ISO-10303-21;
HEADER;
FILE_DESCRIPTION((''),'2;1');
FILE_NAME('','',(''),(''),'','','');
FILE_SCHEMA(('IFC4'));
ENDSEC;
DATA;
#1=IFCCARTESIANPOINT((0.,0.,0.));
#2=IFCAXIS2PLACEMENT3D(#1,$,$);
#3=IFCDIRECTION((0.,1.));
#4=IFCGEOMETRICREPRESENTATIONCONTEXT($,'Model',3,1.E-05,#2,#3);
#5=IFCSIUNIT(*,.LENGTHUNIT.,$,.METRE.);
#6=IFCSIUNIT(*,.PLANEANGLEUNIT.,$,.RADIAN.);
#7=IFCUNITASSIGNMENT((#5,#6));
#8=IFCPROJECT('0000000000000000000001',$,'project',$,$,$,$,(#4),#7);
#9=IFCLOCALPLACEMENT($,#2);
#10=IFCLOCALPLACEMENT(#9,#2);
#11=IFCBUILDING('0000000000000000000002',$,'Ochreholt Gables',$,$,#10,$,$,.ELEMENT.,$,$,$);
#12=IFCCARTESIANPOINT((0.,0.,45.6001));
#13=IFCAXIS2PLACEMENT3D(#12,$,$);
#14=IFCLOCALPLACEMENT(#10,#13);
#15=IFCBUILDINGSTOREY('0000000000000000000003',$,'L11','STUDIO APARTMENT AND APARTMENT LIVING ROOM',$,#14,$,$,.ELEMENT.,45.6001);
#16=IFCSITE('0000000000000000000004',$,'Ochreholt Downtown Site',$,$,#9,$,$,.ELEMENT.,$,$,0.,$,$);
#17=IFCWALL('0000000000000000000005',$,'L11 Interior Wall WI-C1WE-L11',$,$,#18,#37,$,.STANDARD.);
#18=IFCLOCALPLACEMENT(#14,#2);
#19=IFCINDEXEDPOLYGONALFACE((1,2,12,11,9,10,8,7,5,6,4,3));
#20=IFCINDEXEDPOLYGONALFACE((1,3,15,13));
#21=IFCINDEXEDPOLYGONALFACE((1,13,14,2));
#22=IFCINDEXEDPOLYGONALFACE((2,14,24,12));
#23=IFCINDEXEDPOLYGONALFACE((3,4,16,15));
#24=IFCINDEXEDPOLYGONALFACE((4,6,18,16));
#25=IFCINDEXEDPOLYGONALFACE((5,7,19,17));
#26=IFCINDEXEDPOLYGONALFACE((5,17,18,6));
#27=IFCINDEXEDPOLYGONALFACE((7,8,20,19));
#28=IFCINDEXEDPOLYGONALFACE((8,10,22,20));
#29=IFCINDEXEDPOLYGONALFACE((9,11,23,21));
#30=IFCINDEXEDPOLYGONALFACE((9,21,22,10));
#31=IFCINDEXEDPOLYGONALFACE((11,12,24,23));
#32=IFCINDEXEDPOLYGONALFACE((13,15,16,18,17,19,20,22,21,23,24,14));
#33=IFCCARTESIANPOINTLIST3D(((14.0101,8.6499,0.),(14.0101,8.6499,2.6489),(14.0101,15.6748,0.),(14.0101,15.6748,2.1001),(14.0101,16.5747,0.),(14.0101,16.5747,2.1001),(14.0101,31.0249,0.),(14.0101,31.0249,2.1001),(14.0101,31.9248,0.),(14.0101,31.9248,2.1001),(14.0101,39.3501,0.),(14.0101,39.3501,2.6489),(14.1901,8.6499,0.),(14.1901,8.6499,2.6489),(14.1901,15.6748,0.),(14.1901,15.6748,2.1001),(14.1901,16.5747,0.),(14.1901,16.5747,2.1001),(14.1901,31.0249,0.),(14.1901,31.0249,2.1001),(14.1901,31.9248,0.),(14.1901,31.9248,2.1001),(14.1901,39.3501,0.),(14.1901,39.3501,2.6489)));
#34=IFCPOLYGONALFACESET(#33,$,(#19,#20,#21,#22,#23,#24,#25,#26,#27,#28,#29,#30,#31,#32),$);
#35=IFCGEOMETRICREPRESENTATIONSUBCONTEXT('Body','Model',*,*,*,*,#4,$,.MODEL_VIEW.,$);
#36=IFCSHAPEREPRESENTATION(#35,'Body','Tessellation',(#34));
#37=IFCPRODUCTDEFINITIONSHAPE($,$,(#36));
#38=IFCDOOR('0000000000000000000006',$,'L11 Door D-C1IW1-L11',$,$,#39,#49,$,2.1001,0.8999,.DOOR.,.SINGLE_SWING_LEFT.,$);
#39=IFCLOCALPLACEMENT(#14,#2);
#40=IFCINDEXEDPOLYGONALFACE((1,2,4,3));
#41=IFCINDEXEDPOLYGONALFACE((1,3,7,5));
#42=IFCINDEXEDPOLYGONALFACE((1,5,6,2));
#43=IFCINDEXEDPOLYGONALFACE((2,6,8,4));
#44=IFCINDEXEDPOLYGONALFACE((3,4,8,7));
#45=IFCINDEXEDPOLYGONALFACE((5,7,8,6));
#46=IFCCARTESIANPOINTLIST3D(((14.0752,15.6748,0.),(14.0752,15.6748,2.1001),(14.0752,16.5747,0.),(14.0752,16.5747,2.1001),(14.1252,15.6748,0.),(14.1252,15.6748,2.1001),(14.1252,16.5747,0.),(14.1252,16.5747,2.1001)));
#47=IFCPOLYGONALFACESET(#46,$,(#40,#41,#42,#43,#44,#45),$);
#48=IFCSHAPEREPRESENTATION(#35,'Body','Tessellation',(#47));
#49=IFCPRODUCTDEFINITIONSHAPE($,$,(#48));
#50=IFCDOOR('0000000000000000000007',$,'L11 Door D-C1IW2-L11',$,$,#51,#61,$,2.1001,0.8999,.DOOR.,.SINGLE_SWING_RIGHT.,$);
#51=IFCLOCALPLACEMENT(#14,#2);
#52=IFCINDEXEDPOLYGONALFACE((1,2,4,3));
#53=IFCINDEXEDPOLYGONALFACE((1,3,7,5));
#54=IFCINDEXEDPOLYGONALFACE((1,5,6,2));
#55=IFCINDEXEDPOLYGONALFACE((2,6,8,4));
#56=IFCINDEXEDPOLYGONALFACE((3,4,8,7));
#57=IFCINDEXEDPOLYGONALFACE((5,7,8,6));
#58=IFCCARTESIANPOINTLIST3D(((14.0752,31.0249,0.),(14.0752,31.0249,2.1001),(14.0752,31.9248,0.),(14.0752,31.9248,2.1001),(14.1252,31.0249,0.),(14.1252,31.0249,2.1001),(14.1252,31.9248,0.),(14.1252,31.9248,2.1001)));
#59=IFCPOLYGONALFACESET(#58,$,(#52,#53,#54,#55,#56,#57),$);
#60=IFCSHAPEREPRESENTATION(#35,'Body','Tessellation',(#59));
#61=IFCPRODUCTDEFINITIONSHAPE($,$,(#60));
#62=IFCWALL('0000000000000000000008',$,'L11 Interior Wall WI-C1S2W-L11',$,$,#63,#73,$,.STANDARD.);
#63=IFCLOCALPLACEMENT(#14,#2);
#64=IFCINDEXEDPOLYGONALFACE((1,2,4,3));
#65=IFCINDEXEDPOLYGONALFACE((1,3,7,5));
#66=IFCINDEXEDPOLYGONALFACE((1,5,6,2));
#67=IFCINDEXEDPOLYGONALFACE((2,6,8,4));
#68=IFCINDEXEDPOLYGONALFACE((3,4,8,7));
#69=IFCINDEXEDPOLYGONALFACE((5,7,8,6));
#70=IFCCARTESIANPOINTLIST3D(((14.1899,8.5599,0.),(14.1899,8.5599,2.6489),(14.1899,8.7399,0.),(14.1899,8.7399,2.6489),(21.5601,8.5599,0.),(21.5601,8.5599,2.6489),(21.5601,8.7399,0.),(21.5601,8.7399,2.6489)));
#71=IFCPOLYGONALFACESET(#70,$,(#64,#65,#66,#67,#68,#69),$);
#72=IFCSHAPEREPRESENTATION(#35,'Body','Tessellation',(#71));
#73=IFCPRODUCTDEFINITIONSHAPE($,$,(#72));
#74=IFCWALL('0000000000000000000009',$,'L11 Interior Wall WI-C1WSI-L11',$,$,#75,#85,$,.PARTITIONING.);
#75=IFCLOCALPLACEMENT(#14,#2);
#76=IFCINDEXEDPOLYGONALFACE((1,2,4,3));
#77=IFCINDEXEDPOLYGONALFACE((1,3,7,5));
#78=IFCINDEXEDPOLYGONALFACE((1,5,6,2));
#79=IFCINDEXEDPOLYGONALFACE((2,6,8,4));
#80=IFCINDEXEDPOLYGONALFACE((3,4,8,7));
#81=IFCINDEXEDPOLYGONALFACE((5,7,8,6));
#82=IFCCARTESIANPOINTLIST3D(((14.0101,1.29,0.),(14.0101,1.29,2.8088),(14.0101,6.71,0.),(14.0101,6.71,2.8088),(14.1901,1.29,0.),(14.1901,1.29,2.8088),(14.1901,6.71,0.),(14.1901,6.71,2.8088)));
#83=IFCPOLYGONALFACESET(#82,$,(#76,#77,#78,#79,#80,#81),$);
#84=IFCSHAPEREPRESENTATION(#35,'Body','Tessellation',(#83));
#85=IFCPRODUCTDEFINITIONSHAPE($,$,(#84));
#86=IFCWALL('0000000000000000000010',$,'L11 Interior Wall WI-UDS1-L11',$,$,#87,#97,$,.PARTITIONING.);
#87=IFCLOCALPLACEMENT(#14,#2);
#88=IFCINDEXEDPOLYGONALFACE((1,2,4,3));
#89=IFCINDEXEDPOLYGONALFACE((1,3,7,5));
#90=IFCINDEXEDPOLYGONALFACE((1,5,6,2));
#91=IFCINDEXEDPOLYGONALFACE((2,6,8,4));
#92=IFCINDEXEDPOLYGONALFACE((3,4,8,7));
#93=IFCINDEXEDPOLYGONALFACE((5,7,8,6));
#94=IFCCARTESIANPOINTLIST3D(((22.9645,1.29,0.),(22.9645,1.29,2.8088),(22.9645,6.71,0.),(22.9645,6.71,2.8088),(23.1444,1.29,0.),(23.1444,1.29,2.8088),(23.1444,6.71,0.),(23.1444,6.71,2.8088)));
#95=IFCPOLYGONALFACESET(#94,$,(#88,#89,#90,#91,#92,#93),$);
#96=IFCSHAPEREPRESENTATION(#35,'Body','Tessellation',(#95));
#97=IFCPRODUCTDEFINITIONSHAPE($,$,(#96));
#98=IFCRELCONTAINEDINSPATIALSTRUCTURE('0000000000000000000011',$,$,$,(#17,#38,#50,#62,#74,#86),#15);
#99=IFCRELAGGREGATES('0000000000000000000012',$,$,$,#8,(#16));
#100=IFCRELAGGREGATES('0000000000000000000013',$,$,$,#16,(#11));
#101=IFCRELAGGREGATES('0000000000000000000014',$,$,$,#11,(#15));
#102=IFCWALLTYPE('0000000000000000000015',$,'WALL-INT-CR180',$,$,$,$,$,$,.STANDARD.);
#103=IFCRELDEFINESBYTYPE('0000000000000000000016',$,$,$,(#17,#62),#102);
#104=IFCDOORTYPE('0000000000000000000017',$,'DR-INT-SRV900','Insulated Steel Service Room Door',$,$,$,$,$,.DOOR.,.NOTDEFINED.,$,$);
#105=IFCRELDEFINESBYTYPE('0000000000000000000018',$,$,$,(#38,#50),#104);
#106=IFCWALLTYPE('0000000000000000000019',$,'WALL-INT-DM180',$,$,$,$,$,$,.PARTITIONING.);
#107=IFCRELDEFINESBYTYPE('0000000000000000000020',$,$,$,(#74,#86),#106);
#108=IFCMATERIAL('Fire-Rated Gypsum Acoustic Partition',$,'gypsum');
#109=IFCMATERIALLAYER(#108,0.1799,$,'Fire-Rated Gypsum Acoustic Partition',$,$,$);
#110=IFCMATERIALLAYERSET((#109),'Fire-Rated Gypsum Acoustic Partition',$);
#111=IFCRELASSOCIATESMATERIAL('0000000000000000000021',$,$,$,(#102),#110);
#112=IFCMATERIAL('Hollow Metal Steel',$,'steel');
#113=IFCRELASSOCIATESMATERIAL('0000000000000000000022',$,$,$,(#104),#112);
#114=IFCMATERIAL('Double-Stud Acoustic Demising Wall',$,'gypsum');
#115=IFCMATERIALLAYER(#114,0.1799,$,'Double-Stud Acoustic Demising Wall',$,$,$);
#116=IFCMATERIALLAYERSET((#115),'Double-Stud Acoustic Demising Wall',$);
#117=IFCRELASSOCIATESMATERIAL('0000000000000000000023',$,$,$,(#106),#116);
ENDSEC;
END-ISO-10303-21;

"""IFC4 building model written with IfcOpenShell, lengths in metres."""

from ifc_helpers import new_model, si_unit, direction, frame, frame_2d, origin, place, context, subcontext, project, spatial, rectangle, extrude, material, layer, layer_set, type_object, element, fill, save


model = new_model("IFC4")

# Units and contexts
model_context = context("Model", 3, precision=1e-05, world=origin(), true_north=direction((0.0, 1.0)))
body_context = subcontext(model_context, "Body", "Model", "MODEL_VIEW")
ifc_project = project(units=[si_unit("LENGTHUNIT", "METRE"), si_unit("PLANEANGLEUNIT", "RADIAN")], contexts=[model_context])

# Site, building, storey
site_placement = place(None, origin())
site = spatial("IfcSite", under=ifc_project, at=site_placement, Name="Ochreholt Downtown Site", CompositionType="ELEMENT", RefElevation=0.0)
building_placement = place(site_placement, origin())
building = spatial("IfcBuilding", under=site, at=building_placement, Name="Ochreholt Gables", CompositionType="ELEMENT")
storey_placement = place(building_placement, frame((0.0, 0.0, 45.6001)))
storey = spatial("IfcBuildingStorey", under=building, at=storey_placement, Name="L11", Description="STUDIO APARTMENT AND APARTMENT LIVING ROOM", CompositionType="ELEMENT", Elevation=45.6001)

# Shared definitions
ifc_material_1 = material(Name="Fire-Rated Gypsum Acoustic Partition", Category="gypsum")
ifc_layer_1 = layer(ifc_material_1, 0.1799, Name="Fire-Rated Gypsum Acoustic Partition")
ifc_layer_set_1 = layer_set([ifc_layer_1], Name="Fire-Rated Gypsum Acoustic Partition")
wall_type_1 = type_object("IfcWallType", Name="WALL-INT-CR180", PredefinedType="STANDARD", material=ifc_layer_set_1)

# Wall, openings, doors
wall_1_placement = place(storey_placement, frame((14.1001, 8.6499, 0.0), z_axis=(0.0, 0.0, 1.0), x_axis=(0.0, 1.0, 0.0)))
wall_1 = element("IfcWall", 1, at=wall_1_placement, inside=storey, type_object=wall_type_1, Name="L11 Interior Wall WI-C1WE-L11", PredefinedType="STANDARD", context=body_context, shape_type="SweptSolid", body=[
    extrude(rectangle(XDim=30.7002, YDim=0.1799, at=frame_2d((15.3501, 0.0))), origin(), (0.0, 0.0, 1.0), 2.6489),
])
opening_1_placement = place(wall_1_placement, frame((7.0249, 0.0, 0.0)))
opening_1 = element("IfcOpeningElement", 2, at=opening_1_placement, cuts=wall_1, PredefinedType="OPENING", context=body_context, shape_type="SweptSolid", body=[
    extrude(rectangle(XDim=0.8999, YDim=2.1001, at=frame_2d((0.45, 1.05))), frame((0.0, 0.0999, 0.0), z_axis=(0.0, -1.0, 0.0), x_axis=(1.0, 0.0, 0.0)), (0.0, 0.0, 1.0), 0.2),
])
opening_2_placement = place(wall_1_placement, frame((22.375, 0.0, 0.0)))
opening_2 = element("IfcOpeningElement", 3, at=opening_2_placement, cuts=wall_1, PredefinedType="OPENING", context=body_context, shape_type="SweptSolid", body=[
    extrude(rectangle(XDim=0.8999, YDim=2.1001, at=frame_2d((0.45, 1.05))), frame((0.0, 0.0999, 0.0), z_axis=(0.0, -1.0, 0.0), x_axis=(1.0, 0.0, 0.0)), (0.0, 0.0, 1.0), 0.2),
])
ifc_material_2 = material(Name="Hollow Metal Steel", Category="steel")
door_type_1 = type_object("IfcDoorType", Name="DR-INT-SRV900", Description="Insulated Steel Service Room Door", OperationType="NOTDEFINED", PredefinedType="DOOR", material=ifc_material_2)
door_1_placement = place(opening_1_placement, origin())
door_1 = element("IfcDoor", 4, at=door_1_placement, inside=storey, type_object=door_type_1, Name="L11 Door D-C1IW1-L11", OperationType="SINGLE_SWING_LEFT", OverallHeight=2.1001, OverallWidth=0.8999, PredefinedType="DOOR", context=body_context, shape_type="SweptSolid", body=[
    extrude(rectangle(XDim=0.8999, YDim=2.1001, at=frame_2d((0.45, 1.05))), frame((0.0, 0.0249, 0.0), z_axis=(0.0, -1.0, 0.0), x_axis=(1.0, 0.0, 0.0)), (0.0, 0.0, 1.0), 0.05),
])
fill(opening_1, door_1)
door_2_placement = place(opening_2_placement, origin())
door_2 = element("IfcDoor", 5, at=door_2_placement, inside=storey, type_object=door_type_1, Name="L11 Door D-C1IW2-L11", OperationType="SINGLE_SWING_RIGHT", OverallHeight=2.1001, OverallWidth=0.8999, PredefinedType="DOOR", context=body_context, shape_type="SweptSolid", body=[
    extrude(rectangle(XDim=0.8999, YDim=2.1001, at=frame_2d((0.45, 1.05))), frame((0.0, 0.0249, 0.0), z_axis=(0.0, -1.0, 0.0), x_axis=(1.0, 0.0, 0.0)), (0.0, 0.0, 1.0), 0.05),
])
fill(opening_2, door_2)

# Walls
wall_2_placement = place(storey_placement, frame((14.1899, 8.6499, 0.0), z_axis=(0.0, 0.0, 1.0), x_axis=(1.0, 0.0, 0.0)))
element("IfcWall", 6, at=wall_2_placement, inside=storey, type_object=wall_type_1, Name="L11 Interior Wall WI-C1S2W-L11", PredefinedType="STANDARD", context=body_context, shape_type="SweptSolid", body=[
    extrude(rectangle(XDim=7.3701, YDim=0.1799, at=frame_2d((3.6851, 0.0))), origin(), (0.0, 0.0, 1.0), 2.6489),
])
ifc_material_3 = material(Name="Double-Stud Acoustic Demising Wall", Category="gypsum")
ifc_layer_2 = layer(ifc_material_3, 0.1799, Name="Double-Stud Acoustic Demising Wall")
ifc_layer_set_2 = layer_set([ifc_layer_2], Name="Double-Stud Acoustic Demising Wall")
wall_type_2 = type_object("IfcWallType", Name="WALL-INT-DM180", PredefinedType="PARTITIONING", material=ifc_layer_set_2)
for number, where, z_axis, x_axis, name in (
    (7, (14.1001, 1.29, 0.0), (0.0, 0.0, 1.0), (0.0, 1.0, 0.0), "L11 Interior Wall WI-C1WSI-L11"),
    (8, (23.0544, 1.29, 0.0), (0.0, 0.0, 1.0), (0.0, 1.0, 0.0), "L11 Interior Wall WI-UDS1-L11"),
):
    element("IfcWall", number, at=place(storey_placement, frame(where, z_axis=z_axis, x_axis=x_axis)), inside=storey, type_object=wall_type_2, Name=name, PredefinedType="PARTITIONING", context=body_context, shape_type="SweptSolid", body=[
        extrude(rectangle(XDim=5.4199, YDim=0.1799, at=frame_2d((2.71, 0.0))), origin(), (0.0, 0.0, 1.0), 2.8088),
    ])

save(model, "model.ifc")
